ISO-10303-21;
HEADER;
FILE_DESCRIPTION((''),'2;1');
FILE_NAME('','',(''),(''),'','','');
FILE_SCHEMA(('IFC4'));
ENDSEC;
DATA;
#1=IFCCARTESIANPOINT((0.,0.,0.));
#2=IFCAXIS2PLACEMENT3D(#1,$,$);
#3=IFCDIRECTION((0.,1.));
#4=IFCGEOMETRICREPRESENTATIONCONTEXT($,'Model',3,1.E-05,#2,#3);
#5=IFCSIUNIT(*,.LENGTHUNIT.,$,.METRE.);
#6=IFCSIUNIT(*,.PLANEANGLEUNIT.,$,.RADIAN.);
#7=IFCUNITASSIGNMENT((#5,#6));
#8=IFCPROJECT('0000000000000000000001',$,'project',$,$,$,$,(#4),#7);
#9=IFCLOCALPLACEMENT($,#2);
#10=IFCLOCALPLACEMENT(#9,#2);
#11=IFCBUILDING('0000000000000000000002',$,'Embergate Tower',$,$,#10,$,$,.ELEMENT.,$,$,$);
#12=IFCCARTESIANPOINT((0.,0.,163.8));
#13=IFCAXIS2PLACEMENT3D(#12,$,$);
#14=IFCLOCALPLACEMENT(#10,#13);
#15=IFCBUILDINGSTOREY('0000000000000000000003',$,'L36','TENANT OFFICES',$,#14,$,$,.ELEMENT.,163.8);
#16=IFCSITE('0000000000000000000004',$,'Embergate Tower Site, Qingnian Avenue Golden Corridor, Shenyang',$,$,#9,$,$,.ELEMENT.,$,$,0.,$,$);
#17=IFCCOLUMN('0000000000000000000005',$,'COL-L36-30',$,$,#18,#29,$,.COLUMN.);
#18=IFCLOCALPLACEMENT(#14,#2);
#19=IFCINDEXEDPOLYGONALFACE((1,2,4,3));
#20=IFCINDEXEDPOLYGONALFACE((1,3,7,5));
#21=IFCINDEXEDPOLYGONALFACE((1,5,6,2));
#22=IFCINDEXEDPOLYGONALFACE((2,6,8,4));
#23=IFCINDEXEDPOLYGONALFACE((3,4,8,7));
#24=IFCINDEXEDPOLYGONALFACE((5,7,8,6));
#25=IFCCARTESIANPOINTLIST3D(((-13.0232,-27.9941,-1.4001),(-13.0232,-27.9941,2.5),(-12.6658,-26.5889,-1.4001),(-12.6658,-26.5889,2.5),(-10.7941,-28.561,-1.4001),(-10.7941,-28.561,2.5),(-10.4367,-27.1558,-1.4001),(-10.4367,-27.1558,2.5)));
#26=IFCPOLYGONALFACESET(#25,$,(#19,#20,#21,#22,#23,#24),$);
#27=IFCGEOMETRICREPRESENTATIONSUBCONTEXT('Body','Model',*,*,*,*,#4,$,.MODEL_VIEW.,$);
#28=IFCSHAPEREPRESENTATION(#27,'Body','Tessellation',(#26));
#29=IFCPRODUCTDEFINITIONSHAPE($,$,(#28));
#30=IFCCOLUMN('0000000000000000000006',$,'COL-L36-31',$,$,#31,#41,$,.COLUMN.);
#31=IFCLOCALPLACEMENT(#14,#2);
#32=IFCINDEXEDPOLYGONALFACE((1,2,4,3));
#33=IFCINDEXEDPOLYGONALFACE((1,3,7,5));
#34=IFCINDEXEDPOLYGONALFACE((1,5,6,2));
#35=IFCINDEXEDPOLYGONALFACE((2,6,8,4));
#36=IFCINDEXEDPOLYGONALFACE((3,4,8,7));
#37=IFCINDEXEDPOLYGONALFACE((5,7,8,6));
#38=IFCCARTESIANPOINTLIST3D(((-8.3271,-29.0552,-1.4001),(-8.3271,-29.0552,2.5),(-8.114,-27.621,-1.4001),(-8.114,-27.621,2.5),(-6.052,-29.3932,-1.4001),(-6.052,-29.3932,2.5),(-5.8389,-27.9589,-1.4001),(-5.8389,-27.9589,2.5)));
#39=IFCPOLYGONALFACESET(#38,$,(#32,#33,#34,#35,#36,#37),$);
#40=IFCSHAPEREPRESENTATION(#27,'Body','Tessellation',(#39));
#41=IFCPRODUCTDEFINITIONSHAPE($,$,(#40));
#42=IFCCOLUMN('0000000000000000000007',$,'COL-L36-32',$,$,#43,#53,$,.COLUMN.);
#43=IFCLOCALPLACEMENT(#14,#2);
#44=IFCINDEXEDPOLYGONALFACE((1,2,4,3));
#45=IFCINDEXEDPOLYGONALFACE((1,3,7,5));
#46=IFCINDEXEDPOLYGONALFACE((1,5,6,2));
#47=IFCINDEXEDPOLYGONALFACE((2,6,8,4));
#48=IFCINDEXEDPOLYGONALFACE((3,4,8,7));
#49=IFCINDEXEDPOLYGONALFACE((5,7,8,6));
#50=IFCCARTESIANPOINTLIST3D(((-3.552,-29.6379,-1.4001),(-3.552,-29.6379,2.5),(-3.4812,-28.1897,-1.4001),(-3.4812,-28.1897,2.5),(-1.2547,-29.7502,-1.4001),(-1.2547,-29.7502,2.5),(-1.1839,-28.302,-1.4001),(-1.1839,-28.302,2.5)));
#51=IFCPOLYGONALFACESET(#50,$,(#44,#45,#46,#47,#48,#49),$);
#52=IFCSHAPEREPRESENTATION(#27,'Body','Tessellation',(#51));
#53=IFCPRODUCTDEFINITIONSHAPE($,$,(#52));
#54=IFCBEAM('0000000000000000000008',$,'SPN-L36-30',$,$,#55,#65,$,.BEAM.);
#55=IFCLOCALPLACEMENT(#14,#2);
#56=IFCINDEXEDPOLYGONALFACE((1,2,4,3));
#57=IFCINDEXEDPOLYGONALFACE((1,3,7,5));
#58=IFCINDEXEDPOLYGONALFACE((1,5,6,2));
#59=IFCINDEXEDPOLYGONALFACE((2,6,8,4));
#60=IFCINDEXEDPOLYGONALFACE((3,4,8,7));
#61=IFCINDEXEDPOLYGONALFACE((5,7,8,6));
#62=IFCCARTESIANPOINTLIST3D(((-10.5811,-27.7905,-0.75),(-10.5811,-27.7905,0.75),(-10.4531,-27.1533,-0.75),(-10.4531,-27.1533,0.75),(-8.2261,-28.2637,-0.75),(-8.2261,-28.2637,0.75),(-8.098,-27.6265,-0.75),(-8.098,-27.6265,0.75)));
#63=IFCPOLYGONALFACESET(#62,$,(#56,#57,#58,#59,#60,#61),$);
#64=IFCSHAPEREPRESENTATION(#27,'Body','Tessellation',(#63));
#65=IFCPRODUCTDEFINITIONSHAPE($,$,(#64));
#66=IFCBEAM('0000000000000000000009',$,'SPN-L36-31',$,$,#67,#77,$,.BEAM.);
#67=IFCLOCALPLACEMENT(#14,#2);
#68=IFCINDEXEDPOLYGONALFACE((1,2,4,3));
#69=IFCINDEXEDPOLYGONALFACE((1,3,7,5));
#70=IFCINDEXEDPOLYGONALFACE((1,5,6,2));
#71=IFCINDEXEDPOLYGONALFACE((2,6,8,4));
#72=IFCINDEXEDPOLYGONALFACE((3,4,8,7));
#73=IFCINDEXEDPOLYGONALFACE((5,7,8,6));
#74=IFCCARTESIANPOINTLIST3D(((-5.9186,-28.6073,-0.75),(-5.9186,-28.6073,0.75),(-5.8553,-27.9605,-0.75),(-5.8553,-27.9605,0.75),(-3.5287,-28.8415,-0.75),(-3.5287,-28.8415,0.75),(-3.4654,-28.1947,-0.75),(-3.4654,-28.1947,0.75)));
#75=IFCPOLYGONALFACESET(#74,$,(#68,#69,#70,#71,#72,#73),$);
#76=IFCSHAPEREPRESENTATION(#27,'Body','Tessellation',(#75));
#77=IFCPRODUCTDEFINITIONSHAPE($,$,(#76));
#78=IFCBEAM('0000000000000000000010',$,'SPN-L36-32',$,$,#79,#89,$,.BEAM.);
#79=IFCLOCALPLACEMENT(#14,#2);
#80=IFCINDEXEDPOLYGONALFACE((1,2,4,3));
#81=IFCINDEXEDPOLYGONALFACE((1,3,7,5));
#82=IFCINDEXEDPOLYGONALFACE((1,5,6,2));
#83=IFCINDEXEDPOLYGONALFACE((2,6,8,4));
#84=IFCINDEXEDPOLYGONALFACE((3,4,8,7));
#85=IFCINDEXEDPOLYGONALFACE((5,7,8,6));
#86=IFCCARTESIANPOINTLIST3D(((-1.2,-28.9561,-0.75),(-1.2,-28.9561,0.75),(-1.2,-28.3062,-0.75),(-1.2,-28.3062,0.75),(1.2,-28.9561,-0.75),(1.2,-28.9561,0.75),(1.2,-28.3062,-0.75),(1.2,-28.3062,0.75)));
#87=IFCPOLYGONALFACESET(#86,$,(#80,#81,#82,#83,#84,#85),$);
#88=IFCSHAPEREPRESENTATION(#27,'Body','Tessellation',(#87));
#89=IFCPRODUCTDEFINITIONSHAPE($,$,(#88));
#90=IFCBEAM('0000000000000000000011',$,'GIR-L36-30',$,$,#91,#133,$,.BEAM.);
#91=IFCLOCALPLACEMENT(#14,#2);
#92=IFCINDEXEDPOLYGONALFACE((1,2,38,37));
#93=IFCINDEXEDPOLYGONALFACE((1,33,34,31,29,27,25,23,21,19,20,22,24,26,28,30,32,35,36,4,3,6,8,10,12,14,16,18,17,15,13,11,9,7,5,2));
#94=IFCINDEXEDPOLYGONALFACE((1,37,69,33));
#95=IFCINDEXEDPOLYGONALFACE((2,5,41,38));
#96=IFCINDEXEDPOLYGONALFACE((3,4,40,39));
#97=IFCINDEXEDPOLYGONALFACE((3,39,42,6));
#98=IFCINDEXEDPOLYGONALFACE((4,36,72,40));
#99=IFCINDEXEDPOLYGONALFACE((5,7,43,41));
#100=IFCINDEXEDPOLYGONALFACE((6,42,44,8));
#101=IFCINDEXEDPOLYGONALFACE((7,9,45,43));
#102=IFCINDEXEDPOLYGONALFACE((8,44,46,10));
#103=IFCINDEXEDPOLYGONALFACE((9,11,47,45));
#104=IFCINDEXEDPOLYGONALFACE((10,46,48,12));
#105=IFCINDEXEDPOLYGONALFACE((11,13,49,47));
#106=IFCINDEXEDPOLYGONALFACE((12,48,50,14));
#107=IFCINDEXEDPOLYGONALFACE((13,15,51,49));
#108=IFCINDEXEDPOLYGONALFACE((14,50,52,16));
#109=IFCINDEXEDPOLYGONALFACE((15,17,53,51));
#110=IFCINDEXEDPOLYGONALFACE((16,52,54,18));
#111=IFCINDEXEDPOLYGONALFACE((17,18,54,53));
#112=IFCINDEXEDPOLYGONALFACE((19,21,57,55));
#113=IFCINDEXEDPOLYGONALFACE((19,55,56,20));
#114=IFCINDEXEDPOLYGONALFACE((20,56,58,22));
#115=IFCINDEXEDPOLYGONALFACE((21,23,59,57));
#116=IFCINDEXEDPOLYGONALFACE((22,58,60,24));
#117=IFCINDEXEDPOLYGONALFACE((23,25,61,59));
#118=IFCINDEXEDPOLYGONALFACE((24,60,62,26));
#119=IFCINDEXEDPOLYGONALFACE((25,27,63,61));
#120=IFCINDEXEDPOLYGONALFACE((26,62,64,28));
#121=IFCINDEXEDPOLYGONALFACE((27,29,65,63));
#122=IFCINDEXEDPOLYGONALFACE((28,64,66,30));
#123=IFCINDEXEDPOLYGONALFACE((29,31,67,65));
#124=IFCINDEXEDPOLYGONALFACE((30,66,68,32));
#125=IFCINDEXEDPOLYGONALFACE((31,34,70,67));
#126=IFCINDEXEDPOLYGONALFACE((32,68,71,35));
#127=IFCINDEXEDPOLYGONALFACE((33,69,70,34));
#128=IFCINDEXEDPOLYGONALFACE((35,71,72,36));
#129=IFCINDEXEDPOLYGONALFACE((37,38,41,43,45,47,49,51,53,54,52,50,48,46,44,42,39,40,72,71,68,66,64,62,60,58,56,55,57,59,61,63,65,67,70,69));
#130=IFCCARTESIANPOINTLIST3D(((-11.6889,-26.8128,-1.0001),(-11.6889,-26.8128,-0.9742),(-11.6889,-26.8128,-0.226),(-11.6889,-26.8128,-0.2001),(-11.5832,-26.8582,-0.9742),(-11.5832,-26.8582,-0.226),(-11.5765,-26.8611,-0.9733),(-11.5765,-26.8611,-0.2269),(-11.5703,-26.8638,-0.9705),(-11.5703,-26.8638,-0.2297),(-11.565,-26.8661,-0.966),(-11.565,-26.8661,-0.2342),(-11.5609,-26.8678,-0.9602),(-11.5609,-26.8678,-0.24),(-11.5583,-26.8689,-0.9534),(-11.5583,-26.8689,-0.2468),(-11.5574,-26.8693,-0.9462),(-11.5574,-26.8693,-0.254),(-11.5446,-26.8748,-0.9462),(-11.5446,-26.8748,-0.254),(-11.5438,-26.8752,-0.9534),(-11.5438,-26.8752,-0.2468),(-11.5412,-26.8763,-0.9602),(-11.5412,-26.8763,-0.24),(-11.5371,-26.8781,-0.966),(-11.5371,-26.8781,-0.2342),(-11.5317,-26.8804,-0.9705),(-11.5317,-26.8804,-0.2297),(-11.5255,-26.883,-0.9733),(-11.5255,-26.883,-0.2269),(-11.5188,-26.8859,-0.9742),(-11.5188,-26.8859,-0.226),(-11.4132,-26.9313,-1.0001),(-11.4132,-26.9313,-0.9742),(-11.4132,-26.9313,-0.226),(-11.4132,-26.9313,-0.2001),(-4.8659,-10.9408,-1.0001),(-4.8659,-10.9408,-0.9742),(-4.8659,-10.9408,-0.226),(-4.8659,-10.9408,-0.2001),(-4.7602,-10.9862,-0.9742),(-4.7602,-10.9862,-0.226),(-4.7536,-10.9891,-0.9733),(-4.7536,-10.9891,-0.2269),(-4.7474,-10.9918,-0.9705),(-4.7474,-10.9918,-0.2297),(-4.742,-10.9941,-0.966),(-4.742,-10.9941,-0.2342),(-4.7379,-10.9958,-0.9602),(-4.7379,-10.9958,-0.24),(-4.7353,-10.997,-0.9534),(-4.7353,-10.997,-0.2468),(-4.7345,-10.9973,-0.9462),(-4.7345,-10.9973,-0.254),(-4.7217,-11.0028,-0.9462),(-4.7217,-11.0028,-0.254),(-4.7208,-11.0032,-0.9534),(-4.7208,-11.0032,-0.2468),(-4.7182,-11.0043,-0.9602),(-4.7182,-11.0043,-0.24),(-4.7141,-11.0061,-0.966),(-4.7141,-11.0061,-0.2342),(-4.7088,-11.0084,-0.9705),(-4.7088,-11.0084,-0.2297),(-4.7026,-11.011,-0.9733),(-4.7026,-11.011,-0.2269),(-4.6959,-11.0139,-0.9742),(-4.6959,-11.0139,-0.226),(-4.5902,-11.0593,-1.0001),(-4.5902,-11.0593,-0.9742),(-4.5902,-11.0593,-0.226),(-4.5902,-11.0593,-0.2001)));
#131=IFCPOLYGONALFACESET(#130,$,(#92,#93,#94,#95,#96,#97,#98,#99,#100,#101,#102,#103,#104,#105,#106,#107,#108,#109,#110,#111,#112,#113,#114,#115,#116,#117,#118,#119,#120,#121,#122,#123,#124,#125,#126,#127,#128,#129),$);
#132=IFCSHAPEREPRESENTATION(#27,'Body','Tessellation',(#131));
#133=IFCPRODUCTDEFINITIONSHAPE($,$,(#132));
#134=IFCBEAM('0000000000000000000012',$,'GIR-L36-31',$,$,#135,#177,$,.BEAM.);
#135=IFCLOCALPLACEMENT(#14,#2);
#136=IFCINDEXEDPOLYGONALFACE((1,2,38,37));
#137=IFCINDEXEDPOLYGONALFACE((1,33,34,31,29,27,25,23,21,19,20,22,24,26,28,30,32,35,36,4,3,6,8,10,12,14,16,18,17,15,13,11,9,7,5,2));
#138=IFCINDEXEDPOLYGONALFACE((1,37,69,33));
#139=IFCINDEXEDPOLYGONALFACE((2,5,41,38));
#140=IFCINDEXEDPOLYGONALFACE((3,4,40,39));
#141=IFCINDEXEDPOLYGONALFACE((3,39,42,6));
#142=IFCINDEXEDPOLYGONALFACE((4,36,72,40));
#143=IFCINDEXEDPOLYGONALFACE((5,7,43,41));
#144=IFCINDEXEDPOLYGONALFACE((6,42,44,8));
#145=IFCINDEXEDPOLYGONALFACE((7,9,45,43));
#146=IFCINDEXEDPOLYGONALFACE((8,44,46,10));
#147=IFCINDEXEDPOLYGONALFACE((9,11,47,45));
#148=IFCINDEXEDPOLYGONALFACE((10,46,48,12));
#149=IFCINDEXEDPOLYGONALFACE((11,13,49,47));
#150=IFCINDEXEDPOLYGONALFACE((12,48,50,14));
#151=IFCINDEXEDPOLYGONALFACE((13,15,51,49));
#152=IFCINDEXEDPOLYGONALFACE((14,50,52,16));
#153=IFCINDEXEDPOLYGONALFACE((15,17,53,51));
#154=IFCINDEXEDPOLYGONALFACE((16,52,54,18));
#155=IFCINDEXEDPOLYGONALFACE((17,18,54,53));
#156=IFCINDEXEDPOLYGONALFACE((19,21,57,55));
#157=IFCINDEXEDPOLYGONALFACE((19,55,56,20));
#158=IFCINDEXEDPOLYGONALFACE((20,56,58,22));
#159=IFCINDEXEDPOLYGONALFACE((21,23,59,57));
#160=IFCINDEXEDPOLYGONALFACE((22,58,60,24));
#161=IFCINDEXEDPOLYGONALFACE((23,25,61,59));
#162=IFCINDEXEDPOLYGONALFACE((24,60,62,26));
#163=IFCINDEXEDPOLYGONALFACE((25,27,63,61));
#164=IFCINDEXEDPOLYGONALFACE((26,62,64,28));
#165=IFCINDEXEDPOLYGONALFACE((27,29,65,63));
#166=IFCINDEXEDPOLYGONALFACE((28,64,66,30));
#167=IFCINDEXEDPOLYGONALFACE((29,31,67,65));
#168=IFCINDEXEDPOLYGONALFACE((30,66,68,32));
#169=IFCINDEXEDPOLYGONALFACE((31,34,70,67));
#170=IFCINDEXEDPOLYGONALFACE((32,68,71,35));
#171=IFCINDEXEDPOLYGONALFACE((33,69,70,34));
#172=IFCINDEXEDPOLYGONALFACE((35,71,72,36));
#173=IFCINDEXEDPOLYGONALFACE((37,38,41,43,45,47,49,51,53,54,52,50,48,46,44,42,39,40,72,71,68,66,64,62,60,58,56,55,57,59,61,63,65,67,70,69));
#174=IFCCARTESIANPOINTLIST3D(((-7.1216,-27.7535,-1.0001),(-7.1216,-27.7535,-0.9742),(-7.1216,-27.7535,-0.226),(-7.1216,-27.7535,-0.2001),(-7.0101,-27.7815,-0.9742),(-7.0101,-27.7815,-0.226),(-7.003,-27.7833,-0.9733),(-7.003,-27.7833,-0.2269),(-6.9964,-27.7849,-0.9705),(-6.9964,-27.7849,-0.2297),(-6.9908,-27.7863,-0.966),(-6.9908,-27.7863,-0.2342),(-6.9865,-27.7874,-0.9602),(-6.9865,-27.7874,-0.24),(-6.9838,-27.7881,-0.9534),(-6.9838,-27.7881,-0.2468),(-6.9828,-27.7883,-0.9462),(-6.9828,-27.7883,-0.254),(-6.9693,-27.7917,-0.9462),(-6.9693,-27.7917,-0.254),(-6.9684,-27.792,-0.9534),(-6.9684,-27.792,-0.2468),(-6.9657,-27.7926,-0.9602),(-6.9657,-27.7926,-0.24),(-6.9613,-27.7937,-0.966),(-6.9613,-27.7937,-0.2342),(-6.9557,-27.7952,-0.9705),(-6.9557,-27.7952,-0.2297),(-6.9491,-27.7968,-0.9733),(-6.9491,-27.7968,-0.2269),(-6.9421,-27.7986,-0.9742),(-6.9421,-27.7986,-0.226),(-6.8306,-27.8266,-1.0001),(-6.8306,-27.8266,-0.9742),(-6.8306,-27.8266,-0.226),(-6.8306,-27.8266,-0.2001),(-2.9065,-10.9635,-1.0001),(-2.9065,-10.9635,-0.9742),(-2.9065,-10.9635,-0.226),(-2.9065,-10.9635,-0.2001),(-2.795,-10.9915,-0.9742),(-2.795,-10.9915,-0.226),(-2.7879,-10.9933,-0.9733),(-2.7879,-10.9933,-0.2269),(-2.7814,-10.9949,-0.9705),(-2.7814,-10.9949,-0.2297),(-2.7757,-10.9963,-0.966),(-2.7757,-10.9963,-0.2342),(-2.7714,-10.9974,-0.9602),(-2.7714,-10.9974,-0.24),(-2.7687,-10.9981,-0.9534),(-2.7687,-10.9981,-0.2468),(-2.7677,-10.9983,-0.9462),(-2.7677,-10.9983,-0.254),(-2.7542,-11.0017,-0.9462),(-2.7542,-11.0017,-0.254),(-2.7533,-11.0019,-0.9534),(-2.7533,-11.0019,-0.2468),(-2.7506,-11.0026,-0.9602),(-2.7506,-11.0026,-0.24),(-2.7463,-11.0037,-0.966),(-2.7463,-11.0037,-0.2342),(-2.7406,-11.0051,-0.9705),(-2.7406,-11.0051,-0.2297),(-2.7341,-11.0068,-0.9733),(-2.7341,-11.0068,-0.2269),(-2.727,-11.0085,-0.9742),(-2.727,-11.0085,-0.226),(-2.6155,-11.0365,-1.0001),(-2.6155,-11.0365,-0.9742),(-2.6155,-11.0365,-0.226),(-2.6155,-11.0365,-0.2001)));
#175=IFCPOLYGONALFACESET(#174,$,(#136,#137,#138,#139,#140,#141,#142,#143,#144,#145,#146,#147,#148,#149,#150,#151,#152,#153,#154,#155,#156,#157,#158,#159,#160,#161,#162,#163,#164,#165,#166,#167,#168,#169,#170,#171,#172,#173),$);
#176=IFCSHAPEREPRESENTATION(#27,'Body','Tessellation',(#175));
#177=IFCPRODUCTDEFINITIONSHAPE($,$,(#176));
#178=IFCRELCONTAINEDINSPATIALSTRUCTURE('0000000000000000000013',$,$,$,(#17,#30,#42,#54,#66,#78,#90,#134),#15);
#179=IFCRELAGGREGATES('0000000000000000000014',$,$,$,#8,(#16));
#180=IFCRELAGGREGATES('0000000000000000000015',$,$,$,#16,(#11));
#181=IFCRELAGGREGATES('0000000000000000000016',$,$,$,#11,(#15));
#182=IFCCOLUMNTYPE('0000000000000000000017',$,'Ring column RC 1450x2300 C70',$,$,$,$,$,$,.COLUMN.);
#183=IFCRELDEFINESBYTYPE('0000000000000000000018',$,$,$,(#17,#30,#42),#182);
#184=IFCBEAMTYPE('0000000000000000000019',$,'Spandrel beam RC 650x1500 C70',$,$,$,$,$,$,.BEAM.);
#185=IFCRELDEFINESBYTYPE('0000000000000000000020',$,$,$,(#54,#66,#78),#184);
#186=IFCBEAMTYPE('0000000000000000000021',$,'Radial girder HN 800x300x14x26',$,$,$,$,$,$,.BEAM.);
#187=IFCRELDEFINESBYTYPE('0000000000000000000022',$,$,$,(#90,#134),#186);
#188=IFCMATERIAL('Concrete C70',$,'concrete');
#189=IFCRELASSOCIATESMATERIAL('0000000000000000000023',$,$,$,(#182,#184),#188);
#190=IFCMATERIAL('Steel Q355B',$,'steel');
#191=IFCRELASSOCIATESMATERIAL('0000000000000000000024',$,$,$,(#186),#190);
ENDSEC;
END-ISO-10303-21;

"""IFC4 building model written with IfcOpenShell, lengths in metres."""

from ifc_helpers import new_model, si_unit, direction, frame, origin, origin_2d, place, context, subcontext, project, spatial, rectangle, i_section, extrude, source, transform, mapped, material, material_profile, profile_set, type_object, element, save


model = new_model("IFC4")

# Units and contexts
model_context = context("Model", 3, precision=1e-05, world=origin(), true_north=direction((0.0, 1.0)))
body_context = subcontext(model_context, "Body", "Model", "MODEL_VIEW")
ifc_project = project(units=[si_unit("LENGTHUNIT", "METRE"), si_unit("PLANEANGLEUNIT", "RADIAN")], contexts=[model_context])

# Site, building, storey
site_placement = place(None, origin())
site = spatial("IfcSite", under=ifc_project, at=site_placement, Name="Embergate Tower Site, Qingnian Avenue Golden Corridor, Shenyang", CompositionType="ELEMENT", RefElevation=0.0)
building_placement = place(site_placement, origin())
building = spatial("IfcBuilding", under=site, at=building_placement, Name="Embergate Tower", CompositionType="ELEMENT")
storey_placement = place(building_placement, frame((0.0, 0.0, 163.8)))
storey = spatial("IfcBuildingStorey", under=building, at=storey_placement, Name="L36", Description="TENANT OFFICES", CompositionType="ELEMENT", Elevation=163.8)

# Columns
ifc_material_1 = material(Name="Concrete C70", Category="concrete")
ifc_material_profile_1 = material_profile(ifc_material_1, rectangle(XDim=1.45, YDim=2.3, at=origin_2d()), Name="RC 1450x2300")
ifc_profile_set_1 = profile_set([ifc_material_profile_1], Name="Concrete C70")
column_type = type_object("IfcColumnType", Name="Ring column RC 1450x2300 C70", PredefinedType="COLUMN", material=ifc_profile_set_1)
shared_shape_1 = source(origin(), body_context, "Body", "SweptSolid", [
    extrude(rectangle(XDim=1.45, YDim=2.3, at=origin_2d()), origin(), (0.0, 0.0, 1.0), 3.9001),
])
for number, where, z_axis, x_axis, name in (
    (1, (-11.73, -27.575, -1.4001), (0.0, 0.0, 1.0), (-0.246492, -0.969145, 0.0), "COL-L36-30"),
    (2, (-7.083, -28.5071, -1.4001), (0.0, 0.0, 1.0), (-0.146929, -0.989147, 0.0), "COL-L36-31"),
    (3, (-2.3679, -28.97, -1.4001), (0.0, 0.0, 1.0), (-0.048815, -0.998808, 0.0), "COL-L36-32"),
):
    element("IfcColumn", number, at=place(storey_placement, frame(where, z_axis=z_axis, x_axis=x_axis)), inside=storey, type_object=column_type, Name=name, PredefinedType="COLUMN", context=body_context, shape_type="MappedRepresentation", body=[
        mapped(shared_shape_1, transform((0.0, 0.0, 0.0))),
    ])

# Beams
ifc_material_profile_2 = material_profile(ifc_material_1, rectangle(XDim=0.6499, YDim=1.5, at=origin_2d()), Name="RC 650x1500")
ifc_profile_set_2 = profile_set([ifc_material_profile_2], Name="Concrete C70")
beam_type_1 = type_object("IfcBeamType", Name="Spandrel beam RC 650x1500 C70", PredefinedType="BEAM", material=ifc_profile_set_2)
shared_shape_2 = source(origin(), body_context, "Body", "SweptSolid", [
    extrude(rectangle(XDim=0.6499, YDim=1.5, at=origin_2d()), origin(), (0.0, 0.0, 1.0), 2.4021),
])
beam_1_placement = place(storey_placement, frame((-10.5171, -27.4719, 0.0), z_axis=(0.980408, -0.196976, 0.0), x_axis=(0.196976, 0.980408, 0.0)))
element("IfcBeam", 4, at=beam_1_placement, inside=storey, type_object=beam_type_1, Name="SPN-L36-30", PredefinedType="BEAM", context=body_context, shape_type="MappedRepresentation", body=[
    mapped(shared_shape_2, transform((0.0, 0.0, 0.0))),
])
shared_shape_3 = source(origin(), body_context, "Body", "SweptSolid", [
    extrude(rectangle(XDim=0.6499, YDim=1.5, at=origin_2d()), origin(), (0.0, 0.0, 1.0), 2.4014),
])
beam_2_placement = place(storey_placement, frame((-5.887, -28.2839, 0.0), z_axis=(0.995235, -0.0975, 0.0), x_axis=(0.0975, 0.995235, 0.0)))
element("IfcBeam", 5, at=beam_2_placement, inside=storey, type_object=beam_type_1, Name="SPN-L36-31", PredefinedType="BEAM", context=body_context, shape_type="MappedRepresentation", body=[
    mapped(shared_shape_3, transform((0.0, 0.0, 0.0))),
])
shared_shape_4 = source(origin(), body_context, "Body", "SweptSolid", [
    extrude(rectangle(XDim=0.6499, YDim=1.5, at=origin_2d()), origin(), (0.0, 0.0, 1.0), 2.3999),
])
beam_3_placement = place(storey_placement, frame((-1.2, -28.6311, 0.0), z_axis=(1.0, 0.0, 0.0), x_axis=(0.0, 1.0, 0.0)))
element("IfcBeam", 6, at=beam_3_placement, inside=storey, type_object=beam_type_1, Name="SPN-L36-32", PredefinedType="BEAM", context=body_context, shape_type="MappedRepresentation", body=[
    mapped(shared_shape_4, transform((0.0, 0.0, 0.0))),
])
ifc_material_2 = material(Name="Steel Q355B", Category="steel")
ifc_material_profile_3 = material_profile(ifc_material_2, i_section(OverallWidth=0.3, OverallDepth=0.8, WebThickness=0.0139, FlangeThickness=0.0259, FilletRadius=0.0281, at=origin_2d()), Name="HN 800x300x14x26")
ifc_profile_set_3 = profile_set([ifc_material_profile_3], Name="Steel Q355 grade B")
beam_type_2 = type_object("IfcBeamType", Name="Radial girder HN 800x300x14x26", PredefinedType="BEAM", material=ifc_profile_set_3)
shared_shape_5 = source(origin(), body_context, "Body", "SweptSolid", [
    extrude(i_section(OverallWidth=0.3, OverallDepth=0.8, WebThickness=0.0139, FlangeThickness=0.0259, FilletRadius=0.0281, at=origin_2d()), origin(), (0.0, 0.0, 1.0), 17.2764),
])
beam_4_placement = place(storey_placement, frame((-11.551, -26.8721, -0.6001), z_axis=(0.39493, 0.918711, 0.0), x_axis=(-0.918711, 0.39493, 0.0)))
element("IfcBeam", 7, at=beam_4_placement, inside=storey, type_object=beam_type_2, Name="GIR-L36-30", PredefinedType="BEAM", context=body_context, shape_type="MappedRepresentation", body=[
    mapped(shared_shape_5, transform((0.0, 0.0, 0.0))),
])
shared_shape_6 = source(origin(), body_context, "Body", "SweptSolid", [
    extrude(i_section(OverallWidth=0.3, OverallDepth=0.8, WebThickness=0.0139, FlangeThickness=0.0259, FilletRadius=0.0281, at=origin_2d()), origin(), (0.0, 0.0, 1.0), 17.311),
])
beam_5_placement = place(storey_placement, frame((-6.9761, -27.79, -0.6001), z_axis=(0.243491, 0.969903, 0.0), x_axis=(-0.969903, 0.243491, 0.0)))
element("IfcBeam", 8, at=beam_5_placement, inside=storey, type_object=beam_type_2, Name="GIR-L36-31", PredefinedType="BEAM", context=body_context, shape_type="MappedRepresentation", body=[
    mapped(shared_shape_6, transform((0.0, 0.0, 0.0))),
])

save(model, "model.ifc")
